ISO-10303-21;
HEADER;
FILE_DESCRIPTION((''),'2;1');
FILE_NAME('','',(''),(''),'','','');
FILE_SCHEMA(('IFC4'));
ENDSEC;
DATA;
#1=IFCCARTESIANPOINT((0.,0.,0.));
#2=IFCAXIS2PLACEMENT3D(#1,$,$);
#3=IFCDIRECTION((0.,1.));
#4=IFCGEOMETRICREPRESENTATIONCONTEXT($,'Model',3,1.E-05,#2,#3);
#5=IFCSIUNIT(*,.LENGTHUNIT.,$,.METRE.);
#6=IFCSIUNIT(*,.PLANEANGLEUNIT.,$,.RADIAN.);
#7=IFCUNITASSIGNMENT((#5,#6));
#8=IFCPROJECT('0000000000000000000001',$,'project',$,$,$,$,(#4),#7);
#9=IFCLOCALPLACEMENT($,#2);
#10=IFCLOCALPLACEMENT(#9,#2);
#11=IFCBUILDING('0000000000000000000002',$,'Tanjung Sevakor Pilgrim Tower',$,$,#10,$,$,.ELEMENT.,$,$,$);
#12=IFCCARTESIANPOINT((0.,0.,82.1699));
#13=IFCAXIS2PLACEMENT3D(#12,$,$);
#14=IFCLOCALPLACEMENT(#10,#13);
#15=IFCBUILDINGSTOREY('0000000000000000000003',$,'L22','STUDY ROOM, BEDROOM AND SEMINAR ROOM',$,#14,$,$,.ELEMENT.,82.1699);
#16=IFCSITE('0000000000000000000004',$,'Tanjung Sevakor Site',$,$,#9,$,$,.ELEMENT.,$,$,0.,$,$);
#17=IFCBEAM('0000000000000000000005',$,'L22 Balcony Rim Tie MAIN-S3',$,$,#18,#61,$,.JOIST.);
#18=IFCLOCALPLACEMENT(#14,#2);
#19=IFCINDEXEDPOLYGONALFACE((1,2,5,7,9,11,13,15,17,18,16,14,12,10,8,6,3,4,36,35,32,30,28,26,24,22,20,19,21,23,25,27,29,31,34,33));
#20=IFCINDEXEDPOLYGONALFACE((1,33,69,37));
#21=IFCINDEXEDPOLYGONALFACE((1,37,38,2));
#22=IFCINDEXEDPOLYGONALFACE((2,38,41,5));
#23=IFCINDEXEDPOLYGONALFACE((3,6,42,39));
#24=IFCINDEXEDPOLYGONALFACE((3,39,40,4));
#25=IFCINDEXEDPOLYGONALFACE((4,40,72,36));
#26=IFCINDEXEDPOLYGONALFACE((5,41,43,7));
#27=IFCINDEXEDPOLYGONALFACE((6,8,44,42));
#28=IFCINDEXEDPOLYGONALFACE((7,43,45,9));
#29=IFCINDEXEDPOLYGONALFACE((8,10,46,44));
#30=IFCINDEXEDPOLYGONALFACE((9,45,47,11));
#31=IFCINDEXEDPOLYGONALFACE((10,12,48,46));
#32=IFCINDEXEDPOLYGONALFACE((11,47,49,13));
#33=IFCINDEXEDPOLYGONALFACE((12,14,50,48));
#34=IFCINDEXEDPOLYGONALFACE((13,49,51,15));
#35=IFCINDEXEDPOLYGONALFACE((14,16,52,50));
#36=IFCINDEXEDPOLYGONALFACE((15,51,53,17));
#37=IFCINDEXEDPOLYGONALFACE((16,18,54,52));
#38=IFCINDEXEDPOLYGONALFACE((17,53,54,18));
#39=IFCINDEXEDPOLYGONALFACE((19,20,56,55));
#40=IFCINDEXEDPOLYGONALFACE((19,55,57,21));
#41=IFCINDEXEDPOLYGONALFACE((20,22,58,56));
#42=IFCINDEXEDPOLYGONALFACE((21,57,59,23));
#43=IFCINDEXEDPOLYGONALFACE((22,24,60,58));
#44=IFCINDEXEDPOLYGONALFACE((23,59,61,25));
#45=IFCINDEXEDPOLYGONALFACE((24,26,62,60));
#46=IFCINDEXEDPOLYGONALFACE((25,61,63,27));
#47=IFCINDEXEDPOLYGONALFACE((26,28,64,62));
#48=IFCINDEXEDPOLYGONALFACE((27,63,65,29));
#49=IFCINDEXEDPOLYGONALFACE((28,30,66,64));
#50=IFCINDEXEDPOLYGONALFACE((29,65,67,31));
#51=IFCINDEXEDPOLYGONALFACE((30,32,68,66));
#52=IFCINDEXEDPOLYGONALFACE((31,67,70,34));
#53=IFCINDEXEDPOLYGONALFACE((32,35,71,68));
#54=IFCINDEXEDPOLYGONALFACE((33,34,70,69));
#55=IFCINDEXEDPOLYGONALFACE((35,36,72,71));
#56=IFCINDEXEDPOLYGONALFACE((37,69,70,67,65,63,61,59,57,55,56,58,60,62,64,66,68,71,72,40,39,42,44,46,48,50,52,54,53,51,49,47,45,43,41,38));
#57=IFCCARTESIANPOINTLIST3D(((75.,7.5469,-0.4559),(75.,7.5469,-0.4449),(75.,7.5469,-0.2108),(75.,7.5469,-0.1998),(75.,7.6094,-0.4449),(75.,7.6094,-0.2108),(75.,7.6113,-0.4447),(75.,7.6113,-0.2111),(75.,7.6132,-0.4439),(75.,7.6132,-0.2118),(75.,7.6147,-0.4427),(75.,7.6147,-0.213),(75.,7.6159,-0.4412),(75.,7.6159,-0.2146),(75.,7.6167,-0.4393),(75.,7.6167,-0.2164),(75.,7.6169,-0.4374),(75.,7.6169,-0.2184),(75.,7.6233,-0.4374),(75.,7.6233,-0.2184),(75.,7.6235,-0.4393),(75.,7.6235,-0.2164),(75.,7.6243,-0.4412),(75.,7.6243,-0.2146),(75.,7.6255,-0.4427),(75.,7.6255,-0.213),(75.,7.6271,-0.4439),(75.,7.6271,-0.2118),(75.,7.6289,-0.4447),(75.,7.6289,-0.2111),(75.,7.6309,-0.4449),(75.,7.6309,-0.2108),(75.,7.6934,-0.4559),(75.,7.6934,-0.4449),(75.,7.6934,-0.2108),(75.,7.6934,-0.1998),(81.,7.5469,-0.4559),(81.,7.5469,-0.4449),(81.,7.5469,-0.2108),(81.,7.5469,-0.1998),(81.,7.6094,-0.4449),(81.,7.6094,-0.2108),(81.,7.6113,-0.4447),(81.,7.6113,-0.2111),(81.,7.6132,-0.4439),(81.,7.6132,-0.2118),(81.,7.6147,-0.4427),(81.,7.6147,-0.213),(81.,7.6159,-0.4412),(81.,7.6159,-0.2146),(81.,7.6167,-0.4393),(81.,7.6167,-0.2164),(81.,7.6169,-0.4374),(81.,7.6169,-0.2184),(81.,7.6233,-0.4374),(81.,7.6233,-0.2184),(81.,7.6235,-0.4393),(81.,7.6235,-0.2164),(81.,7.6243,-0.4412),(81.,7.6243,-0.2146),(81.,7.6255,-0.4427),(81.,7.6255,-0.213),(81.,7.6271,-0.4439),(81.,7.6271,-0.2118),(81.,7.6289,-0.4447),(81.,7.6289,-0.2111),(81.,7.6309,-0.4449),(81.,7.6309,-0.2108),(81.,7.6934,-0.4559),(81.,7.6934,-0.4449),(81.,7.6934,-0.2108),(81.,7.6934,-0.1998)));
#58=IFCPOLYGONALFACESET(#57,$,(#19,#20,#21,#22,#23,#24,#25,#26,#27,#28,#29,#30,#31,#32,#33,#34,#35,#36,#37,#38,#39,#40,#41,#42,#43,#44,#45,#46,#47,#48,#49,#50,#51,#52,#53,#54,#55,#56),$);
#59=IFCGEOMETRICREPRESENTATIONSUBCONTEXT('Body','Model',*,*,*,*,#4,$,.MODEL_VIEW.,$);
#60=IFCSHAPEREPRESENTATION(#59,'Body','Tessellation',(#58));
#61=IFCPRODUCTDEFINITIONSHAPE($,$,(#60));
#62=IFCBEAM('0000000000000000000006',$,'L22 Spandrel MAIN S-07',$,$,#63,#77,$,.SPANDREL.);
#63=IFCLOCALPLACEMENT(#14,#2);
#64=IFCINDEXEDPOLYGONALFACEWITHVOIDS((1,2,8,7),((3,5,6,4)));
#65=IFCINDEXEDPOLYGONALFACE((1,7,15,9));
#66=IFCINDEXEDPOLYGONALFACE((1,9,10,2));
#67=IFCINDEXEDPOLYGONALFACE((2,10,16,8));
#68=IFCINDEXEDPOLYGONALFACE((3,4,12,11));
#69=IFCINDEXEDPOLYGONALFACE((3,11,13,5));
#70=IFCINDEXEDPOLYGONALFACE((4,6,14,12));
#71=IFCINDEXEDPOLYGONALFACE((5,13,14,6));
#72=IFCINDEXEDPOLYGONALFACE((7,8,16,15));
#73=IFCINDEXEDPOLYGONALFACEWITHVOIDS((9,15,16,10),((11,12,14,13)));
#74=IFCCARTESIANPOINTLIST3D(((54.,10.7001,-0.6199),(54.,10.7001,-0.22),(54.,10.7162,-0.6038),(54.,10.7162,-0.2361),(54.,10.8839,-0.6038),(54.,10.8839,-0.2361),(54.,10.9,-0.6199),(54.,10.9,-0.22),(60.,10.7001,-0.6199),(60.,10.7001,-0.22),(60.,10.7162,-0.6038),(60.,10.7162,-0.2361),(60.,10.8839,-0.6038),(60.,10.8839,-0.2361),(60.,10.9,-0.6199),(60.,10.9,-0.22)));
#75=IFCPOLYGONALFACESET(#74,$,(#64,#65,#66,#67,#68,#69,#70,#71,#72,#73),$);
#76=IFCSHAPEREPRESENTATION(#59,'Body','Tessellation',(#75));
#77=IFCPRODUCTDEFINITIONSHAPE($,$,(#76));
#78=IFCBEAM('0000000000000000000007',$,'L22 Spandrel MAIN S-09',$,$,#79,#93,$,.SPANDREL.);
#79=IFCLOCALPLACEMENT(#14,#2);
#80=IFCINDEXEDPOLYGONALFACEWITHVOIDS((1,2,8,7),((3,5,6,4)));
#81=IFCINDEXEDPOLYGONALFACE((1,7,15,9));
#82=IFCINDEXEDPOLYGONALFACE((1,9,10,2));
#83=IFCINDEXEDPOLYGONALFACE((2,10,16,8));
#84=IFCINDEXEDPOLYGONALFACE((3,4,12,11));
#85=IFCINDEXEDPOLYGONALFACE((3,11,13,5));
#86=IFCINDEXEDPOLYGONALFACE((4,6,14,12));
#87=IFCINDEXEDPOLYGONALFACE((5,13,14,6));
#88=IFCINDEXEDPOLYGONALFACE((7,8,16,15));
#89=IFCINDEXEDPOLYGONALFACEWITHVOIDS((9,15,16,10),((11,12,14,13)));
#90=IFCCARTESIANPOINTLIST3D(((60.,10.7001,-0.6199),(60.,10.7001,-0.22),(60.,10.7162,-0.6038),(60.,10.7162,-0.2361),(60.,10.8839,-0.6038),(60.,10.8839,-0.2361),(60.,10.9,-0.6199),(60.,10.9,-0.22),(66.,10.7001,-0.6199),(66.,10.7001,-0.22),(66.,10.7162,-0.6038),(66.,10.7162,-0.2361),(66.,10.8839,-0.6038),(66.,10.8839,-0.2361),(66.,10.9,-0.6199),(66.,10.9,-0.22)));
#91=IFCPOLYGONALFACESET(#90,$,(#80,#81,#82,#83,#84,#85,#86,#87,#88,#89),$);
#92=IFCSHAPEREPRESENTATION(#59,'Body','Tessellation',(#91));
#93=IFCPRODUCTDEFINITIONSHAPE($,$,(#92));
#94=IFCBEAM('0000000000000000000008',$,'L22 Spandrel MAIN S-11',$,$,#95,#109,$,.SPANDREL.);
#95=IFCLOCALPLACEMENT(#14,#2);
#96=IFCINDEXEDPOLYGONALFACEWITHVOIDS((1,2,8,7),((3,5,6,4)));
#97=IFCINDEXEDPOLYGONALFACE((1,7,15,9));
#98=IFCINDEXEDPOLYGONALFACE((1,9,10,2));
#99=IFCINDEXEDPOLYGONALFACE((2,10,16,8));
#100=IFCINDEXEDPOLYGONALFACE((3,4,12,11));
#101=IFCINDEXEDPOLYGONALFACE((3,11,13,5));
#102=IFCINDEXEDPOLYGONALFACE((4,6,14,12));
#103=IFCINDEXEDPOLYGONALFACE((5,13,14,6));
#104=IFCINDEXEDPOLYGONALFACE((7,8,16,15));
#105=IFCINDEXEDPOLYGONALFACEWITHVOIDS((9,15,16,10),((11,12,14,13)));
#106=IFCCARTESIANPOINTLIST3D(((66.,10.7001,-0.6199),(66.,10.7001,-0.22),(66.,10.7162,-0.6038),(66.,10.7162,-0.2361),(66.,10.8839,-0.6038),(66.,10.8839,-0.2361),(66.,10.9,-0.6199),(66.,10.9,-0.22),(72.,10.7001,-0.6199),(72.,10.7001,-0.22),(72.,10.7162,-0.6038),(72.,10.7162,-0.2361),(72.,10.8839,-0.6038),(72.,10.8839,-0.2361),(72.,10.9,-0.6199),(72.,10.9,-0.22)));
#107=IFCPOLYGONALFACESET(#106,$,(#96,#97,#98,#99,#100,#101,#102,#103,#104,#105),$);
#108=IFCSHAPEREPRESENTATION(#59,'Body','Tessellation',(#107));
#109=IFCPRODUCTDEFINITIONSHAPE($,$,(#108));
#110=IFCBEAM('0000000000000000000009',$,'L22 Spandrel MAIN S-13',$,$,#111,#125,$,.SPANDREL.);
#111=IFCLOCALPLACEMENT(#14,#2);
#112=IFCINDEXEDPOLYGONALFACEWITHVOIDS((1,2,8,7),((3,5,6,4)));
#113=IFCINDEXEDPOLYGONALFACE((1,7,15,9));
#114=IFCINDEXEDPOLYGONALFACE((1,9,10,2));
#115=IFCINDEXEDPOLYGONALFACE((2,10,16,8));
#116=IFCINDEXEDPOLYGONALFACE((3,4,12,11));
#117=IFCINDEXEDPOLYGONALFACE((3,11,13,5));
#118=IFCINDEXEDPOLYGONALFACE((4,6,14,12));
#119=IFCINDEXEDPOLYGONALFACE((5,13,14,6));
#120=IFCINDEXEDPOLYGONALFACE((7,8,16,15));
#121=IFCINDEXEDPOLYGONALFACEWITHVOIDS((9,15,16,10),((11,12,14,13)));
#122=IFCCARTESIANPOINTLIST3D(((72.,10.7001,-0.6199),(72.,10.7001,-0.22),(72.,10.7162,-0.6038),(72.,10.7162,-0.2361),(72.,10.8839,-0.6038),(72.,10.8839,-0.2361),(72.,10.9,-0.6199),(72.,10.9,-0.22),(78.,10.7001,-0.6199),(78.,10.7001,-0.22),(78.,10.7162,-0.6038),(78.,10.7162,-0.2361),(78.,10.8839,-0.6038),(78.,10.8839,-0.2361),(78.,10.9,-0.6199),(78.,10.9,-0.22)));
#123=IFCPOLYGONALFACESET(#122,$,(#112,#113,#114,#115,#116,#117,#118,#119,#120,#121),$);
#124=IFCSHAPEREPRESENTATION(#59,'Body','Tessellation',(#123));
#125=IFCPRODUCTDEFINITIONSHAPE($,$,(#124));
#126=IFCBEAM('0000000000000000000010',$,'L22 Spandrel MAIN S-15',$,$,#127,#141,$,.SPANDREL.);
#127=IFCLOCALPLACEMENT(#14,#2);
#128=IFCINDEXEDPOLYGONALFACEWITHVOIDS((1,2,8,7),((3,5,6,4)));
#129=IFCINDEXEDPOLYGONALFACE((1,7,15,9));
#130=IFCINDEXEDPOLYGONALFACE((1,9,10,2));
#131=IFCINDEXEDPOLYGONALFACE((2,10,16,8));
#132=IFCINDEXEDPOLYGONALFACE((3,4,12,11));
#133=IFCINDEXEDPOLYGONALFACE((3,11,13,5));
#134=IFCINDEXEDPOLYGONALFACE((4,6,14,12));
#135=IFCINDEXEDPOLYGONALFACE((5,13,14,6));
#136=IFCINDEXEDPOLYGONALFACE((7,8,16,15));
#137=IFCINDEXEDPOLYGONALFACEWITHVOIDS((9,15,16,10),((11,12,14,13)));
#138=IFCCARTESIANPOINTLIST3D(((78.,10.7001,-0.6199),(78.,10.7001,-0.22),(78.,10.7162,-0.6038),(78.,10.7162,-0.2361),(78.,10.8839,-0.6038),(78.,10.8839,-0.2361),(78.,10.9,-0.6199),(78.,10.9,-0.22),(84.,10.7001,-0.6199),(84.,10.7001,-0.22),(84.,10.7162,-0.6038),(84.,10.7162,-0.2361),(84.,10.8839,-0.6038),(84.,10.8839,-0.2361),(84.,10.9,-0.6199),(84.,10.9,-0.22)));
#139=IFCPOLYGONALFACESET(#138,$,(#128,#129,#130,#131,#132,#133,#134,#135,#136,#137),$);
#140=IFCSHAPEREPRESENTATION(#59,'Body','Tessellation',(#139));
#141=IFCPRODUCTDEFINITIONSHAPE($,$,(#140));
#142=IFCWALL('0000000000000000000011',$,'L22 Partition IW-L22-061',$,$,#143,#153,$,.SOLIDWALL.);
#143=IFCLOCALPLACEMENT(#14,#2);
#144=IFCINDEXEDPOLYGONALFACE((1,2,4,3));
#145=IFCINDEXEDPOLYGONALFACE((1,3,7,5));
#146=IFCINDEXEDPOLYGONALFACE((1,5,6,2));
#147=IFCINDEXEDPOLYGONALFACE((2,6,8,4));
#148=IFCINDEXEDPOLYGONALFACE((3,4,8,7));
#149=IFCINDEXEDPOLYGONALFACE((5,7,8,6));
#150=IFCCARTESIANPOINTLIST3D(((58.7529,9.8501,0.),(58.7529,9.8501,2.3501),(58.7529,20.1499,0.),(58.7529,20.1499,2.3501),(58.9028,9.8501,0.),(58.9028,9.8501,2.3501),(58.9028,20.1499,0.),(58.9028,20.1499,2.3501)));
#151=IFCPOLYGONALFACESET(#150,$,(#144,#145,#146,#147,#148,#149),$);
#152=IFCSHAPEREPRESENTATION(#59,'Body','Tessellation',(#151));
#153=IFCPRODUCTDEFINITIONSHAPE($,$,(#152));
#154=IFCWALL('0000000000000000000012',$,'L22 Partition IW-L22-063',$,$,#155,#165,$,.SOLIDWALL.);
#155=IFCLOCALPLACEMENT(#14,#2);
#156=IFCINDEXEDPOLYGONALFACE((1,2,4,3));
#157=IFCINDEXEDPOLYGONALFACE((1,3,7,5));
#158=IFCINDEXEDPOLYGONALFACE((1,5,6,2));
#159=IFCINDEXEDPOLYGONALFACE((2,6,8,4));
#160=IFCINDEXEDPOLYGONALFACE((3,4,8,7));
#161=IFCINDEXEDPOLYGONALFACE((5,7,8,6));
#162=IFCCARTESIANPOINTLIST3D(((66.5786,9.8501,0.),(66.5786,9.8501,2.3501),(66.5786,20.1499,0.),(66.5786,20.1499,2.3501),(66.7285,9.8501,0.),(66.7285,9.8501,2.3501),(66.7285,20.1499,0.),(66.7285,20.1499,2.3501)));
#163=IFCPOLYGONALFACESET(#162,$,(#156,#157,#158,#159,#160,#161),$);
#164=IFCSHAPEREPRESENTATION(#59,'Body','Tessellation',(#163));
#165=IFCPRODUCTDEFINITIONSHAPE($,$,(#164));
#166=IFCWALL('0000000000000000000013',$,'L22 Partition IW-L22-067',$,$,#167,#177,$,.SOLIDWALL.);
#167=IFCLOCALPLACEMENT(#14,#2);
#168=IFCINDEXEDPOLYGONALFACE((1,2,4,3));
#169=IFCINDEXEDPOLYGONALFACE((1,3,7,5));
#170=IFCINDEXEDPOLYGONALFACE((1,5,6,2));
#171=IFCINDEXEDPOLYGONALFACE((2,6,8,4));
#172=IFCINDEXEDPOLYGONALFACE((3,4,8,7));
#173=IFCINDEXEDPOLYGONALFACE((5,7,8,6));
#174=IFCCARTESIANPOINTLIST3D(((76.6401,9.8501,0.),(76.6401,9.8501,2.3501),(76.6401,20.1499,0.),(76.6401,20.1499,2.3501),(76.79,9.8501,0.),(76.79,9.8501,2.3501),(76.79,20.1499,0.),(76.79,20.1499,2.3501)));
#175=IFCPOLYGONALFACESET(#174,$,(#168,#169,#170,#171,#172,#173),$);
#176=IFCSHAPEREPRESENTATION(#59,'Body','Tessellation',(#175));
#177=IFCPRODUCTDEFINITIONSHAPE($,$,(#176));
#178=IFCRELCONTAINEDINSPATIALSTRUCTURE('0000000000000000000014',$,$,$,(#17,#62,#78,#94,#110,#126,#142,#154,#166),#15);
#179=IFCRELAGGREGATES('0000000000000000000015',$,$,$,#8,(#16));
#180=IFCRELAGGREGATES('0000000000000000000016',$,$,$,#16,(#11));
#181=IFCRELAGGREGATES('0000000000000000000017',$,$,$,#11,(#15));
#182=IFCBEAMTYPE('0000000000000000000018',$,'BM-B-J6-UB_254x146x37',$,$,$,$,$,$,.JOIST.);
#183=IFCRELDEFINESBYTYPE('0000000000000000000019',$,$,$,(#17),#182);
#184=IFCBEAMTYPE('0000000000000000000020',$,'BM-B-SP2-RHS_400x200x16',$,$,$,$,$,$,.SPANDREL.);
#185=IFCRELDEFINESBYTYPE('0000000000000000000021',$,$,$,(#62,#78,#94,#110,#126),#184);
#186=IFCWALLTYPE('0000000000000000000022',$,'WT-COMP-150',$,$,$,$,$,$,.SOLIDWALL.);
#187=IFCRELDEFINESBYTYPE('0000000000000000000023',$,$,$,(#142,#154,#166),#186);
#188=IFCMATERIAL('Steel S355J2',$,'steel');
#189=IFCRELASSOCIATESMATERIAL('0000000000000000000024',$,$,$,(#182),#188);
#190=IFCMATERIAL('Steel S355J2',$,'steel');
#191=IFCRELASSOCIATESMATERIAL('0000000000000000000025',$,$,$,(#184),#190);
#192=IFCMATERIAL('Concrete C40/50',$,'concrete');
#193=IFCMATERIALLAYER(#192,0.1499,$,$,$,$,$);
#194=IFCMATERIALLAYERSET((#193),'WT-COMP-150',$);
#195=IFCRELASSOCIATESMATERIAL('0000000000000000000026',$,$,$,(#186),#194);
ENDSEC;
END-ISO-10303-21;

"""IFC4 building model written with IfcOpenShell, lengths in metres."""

from ifc_helpers import new_model, si_unit, direction, frame, frame_2d, origin, origin_2d, place, context, subcontext, project, spatial, rectangle, hollow_rectangle, i_section, extrude, material, layer, layer_set, material_profile, profile_set, type_object, element, save


model = new_model("IFC4")

# Units and contexts
model_context = context("Model", 3, precision=1e-05, world=origin(), true_north=direction((0.0, 1.0)))
body_context = subcontext(model_context, "Body", "Model", "MODEL_VIEW")
ifc_project = project(units=[si_unit("LENGTHUNIT", "METRE"), si_unit("PLANEANGLEUNIT", "RADIAN")], contexts=[model_context])

# Site, building, storey
site_placement = place(None, origin())
site = spatial("IfcSite", under=ifc_project, at=site_placement, Name="Tanjung Sevakor Site", CompositionType="ELEMENT", RefElevation=0.0)
building_placement = place(site_placement, origin())
building = spatial("IfcBuilding", under=site, at=building_placement, Name="Tanjung Sevakor Pilgrim Tower", CompositionType="ELEMENT")
storey_placement = place(building_placement, frame((0.0, 0.0, 82.1699)))
storey = spatial("IfcBuildingStorey", under=building, at=storey_placement, Name="L22", Description="STUDY ROOM, BEDROOM AND SEMINAR ROOM", CompositionType="ELEMENT", Elevation=82.1699)

# Beams
ifc_material_1 = material(Name="Steel S355J2", Category="steel")
ifc_material_profile_1 = material_profile(ifc_material_1, i_section(OverallWidth=0.1465, OverallDepth=0.2561, WebThickness=0.0063, FlangeThickness=0.011, FilletRadius=0.0076, at=origin_2d()))
ifc_profile_set_1 = profile_set([ifc_material_profile_1], Name="Steel S355J2")
beam_type_1 = type_object("IfcBeamType", Name="BM-B-J6-UB_254x146x37", PredefinedType="JOIST", material=ifc_profile_set_1)
for number, where, z_axis, x_axis, name in (
    (1, (75.0, 7.6201, -0.3279), (1.0, 0.0, 0.0), (0.0, 1.0, 0.0), "L22 Balcony Rim Tie MAIN-S3"),
):
    element("IfcBeam", number, at=place(storey_placement, frame(where, z_axis=z_axis, x_axis=x_axis)), inside=storey, type_object=beam_type_1, Name=name, PredefinedType="JOIST", context=body_context, shape_type="SweptSolid", body=[
        extrude(i_section(OverallWidth=0.1465, OverallDepth=0.2561, WebThickness=0.0063, FlangeThickness=0.011, FilletRadius=0.0076, at=origin_2d()), origin(), (0.0, 0.0, 1.0), 6.0),
    ])
ifc_material_2 = material(Name="Steel S355J2", Category="steel")
ifc_material_profile_2 = material_profile(ifc_material_2, hollow_rectangle(XDim=0.2, YDim=0.3999, WallThickness=0.0161, at=origin_2d()))
ifc_profile_set_2 = profile_set([ifc_material_profile_2], Name="Steel S355J2")
beam_type_2 = type_object("IfcBeamType", Name="BM-B-SP2-RHS_400x200x16", PredefinedType="SPANDREL", material=ifc_profile_set_2)
for number, where, z_axis, x_axis, name in (
    (2, (54.0, 10.8, -0.4199), (1.0, 0.0, 0.0), (0.0, 1.0, 0.0), "L22 Spandrel MAIN S-07"),
    (3, (60.0, 10.8, -0.4199), (1.0, 0.0, 0.0), (0.0, 1.0, 0.0), "L22 Spandrel MAIN S-09"),
    (4, (66.0, 10.8, -0.4199), (1.0, 0.0, 0.0), (0.0, 1.0, 0.0), "L22 Spandrel MAIN S-11"),
    (5, (72.0, 10.8, -0.4199), (1.0, 0.0, 0.0), (0.0, 1.0, 0.0), "L22 Spandrel MAIN S-13"),
    (6, (78.0, 10.8, -0.4199), (1.0, 0.0, 0.0), (0.0, 1.0, 0.0), "L22 Spandrel MAIN S-15"),
):
    element("IfcBeam", number, at=place(storey_placement, frame(where, z_axis=z_axis, x_axis=x_axis)), inside=storey, type_object=beam_type_2, Name=name, PredefinedType="SPANDREL", context=body_context, shape_type="SweptSolid", body=[
        extrude(hollow_rectangle(XDim=0.2, YDim=0.3999, WallThickness=0.0161, at=origin_2d()), origin(), (0.0, 0.0, 1.0), 6.0),
    ])

# Walls
ifc_material_3 = material(Name="Concrete C40/50", Category="concrete")
ifc_layer_1 = layer(ifc_material_3, 0.1499)
ifc_layer_set_1 = layer_set([ifc_layer_1], Name="WT-COMP-150")
wall_type_1 = type_object("IfcWallType", Name="WT-COMP-150", PredefinedType="SOLIDWALL", material=ifc_layer_set_1)
for number, where, z_axis, x_axis, name in (
    (7, (58.8279, 9.8501, 0.0), (0.0, 0.0, 1.0), (0.0, 1.0, 0.0), "L22 Partition IW-L22-061"),
    (8, (66.6536, 9.8501, 0.0), (0.0, 0.0, 1.0), (0.0, 1.0, 0.0), "L22 Partition IW-L22-063"),
    (9, (76.7151, 9.8501, 0.0), (0.0, 0.0, 1.0), (0.0, 1.0, 0.0), "L22 Partition IW-L22-067"),
):
    element("IfcWall", number, at=place(storey_placement, frame(where, z_axis=z_axis, x_axis=x_axis)), inside=storey, type_object=wall_type_1, Name=name, PredefinedType="SOLIDWALL", context=body_context, shape_type="SweptSolid", body=[
        extrude(rectangle(XDim=10.2998, YDim=0.1499, at=frame_2d((5.1499, 0.0))), origin(), (0.0, 0.0, 1.0), 2.3501),
    ])

save(model, "model.ifc")
